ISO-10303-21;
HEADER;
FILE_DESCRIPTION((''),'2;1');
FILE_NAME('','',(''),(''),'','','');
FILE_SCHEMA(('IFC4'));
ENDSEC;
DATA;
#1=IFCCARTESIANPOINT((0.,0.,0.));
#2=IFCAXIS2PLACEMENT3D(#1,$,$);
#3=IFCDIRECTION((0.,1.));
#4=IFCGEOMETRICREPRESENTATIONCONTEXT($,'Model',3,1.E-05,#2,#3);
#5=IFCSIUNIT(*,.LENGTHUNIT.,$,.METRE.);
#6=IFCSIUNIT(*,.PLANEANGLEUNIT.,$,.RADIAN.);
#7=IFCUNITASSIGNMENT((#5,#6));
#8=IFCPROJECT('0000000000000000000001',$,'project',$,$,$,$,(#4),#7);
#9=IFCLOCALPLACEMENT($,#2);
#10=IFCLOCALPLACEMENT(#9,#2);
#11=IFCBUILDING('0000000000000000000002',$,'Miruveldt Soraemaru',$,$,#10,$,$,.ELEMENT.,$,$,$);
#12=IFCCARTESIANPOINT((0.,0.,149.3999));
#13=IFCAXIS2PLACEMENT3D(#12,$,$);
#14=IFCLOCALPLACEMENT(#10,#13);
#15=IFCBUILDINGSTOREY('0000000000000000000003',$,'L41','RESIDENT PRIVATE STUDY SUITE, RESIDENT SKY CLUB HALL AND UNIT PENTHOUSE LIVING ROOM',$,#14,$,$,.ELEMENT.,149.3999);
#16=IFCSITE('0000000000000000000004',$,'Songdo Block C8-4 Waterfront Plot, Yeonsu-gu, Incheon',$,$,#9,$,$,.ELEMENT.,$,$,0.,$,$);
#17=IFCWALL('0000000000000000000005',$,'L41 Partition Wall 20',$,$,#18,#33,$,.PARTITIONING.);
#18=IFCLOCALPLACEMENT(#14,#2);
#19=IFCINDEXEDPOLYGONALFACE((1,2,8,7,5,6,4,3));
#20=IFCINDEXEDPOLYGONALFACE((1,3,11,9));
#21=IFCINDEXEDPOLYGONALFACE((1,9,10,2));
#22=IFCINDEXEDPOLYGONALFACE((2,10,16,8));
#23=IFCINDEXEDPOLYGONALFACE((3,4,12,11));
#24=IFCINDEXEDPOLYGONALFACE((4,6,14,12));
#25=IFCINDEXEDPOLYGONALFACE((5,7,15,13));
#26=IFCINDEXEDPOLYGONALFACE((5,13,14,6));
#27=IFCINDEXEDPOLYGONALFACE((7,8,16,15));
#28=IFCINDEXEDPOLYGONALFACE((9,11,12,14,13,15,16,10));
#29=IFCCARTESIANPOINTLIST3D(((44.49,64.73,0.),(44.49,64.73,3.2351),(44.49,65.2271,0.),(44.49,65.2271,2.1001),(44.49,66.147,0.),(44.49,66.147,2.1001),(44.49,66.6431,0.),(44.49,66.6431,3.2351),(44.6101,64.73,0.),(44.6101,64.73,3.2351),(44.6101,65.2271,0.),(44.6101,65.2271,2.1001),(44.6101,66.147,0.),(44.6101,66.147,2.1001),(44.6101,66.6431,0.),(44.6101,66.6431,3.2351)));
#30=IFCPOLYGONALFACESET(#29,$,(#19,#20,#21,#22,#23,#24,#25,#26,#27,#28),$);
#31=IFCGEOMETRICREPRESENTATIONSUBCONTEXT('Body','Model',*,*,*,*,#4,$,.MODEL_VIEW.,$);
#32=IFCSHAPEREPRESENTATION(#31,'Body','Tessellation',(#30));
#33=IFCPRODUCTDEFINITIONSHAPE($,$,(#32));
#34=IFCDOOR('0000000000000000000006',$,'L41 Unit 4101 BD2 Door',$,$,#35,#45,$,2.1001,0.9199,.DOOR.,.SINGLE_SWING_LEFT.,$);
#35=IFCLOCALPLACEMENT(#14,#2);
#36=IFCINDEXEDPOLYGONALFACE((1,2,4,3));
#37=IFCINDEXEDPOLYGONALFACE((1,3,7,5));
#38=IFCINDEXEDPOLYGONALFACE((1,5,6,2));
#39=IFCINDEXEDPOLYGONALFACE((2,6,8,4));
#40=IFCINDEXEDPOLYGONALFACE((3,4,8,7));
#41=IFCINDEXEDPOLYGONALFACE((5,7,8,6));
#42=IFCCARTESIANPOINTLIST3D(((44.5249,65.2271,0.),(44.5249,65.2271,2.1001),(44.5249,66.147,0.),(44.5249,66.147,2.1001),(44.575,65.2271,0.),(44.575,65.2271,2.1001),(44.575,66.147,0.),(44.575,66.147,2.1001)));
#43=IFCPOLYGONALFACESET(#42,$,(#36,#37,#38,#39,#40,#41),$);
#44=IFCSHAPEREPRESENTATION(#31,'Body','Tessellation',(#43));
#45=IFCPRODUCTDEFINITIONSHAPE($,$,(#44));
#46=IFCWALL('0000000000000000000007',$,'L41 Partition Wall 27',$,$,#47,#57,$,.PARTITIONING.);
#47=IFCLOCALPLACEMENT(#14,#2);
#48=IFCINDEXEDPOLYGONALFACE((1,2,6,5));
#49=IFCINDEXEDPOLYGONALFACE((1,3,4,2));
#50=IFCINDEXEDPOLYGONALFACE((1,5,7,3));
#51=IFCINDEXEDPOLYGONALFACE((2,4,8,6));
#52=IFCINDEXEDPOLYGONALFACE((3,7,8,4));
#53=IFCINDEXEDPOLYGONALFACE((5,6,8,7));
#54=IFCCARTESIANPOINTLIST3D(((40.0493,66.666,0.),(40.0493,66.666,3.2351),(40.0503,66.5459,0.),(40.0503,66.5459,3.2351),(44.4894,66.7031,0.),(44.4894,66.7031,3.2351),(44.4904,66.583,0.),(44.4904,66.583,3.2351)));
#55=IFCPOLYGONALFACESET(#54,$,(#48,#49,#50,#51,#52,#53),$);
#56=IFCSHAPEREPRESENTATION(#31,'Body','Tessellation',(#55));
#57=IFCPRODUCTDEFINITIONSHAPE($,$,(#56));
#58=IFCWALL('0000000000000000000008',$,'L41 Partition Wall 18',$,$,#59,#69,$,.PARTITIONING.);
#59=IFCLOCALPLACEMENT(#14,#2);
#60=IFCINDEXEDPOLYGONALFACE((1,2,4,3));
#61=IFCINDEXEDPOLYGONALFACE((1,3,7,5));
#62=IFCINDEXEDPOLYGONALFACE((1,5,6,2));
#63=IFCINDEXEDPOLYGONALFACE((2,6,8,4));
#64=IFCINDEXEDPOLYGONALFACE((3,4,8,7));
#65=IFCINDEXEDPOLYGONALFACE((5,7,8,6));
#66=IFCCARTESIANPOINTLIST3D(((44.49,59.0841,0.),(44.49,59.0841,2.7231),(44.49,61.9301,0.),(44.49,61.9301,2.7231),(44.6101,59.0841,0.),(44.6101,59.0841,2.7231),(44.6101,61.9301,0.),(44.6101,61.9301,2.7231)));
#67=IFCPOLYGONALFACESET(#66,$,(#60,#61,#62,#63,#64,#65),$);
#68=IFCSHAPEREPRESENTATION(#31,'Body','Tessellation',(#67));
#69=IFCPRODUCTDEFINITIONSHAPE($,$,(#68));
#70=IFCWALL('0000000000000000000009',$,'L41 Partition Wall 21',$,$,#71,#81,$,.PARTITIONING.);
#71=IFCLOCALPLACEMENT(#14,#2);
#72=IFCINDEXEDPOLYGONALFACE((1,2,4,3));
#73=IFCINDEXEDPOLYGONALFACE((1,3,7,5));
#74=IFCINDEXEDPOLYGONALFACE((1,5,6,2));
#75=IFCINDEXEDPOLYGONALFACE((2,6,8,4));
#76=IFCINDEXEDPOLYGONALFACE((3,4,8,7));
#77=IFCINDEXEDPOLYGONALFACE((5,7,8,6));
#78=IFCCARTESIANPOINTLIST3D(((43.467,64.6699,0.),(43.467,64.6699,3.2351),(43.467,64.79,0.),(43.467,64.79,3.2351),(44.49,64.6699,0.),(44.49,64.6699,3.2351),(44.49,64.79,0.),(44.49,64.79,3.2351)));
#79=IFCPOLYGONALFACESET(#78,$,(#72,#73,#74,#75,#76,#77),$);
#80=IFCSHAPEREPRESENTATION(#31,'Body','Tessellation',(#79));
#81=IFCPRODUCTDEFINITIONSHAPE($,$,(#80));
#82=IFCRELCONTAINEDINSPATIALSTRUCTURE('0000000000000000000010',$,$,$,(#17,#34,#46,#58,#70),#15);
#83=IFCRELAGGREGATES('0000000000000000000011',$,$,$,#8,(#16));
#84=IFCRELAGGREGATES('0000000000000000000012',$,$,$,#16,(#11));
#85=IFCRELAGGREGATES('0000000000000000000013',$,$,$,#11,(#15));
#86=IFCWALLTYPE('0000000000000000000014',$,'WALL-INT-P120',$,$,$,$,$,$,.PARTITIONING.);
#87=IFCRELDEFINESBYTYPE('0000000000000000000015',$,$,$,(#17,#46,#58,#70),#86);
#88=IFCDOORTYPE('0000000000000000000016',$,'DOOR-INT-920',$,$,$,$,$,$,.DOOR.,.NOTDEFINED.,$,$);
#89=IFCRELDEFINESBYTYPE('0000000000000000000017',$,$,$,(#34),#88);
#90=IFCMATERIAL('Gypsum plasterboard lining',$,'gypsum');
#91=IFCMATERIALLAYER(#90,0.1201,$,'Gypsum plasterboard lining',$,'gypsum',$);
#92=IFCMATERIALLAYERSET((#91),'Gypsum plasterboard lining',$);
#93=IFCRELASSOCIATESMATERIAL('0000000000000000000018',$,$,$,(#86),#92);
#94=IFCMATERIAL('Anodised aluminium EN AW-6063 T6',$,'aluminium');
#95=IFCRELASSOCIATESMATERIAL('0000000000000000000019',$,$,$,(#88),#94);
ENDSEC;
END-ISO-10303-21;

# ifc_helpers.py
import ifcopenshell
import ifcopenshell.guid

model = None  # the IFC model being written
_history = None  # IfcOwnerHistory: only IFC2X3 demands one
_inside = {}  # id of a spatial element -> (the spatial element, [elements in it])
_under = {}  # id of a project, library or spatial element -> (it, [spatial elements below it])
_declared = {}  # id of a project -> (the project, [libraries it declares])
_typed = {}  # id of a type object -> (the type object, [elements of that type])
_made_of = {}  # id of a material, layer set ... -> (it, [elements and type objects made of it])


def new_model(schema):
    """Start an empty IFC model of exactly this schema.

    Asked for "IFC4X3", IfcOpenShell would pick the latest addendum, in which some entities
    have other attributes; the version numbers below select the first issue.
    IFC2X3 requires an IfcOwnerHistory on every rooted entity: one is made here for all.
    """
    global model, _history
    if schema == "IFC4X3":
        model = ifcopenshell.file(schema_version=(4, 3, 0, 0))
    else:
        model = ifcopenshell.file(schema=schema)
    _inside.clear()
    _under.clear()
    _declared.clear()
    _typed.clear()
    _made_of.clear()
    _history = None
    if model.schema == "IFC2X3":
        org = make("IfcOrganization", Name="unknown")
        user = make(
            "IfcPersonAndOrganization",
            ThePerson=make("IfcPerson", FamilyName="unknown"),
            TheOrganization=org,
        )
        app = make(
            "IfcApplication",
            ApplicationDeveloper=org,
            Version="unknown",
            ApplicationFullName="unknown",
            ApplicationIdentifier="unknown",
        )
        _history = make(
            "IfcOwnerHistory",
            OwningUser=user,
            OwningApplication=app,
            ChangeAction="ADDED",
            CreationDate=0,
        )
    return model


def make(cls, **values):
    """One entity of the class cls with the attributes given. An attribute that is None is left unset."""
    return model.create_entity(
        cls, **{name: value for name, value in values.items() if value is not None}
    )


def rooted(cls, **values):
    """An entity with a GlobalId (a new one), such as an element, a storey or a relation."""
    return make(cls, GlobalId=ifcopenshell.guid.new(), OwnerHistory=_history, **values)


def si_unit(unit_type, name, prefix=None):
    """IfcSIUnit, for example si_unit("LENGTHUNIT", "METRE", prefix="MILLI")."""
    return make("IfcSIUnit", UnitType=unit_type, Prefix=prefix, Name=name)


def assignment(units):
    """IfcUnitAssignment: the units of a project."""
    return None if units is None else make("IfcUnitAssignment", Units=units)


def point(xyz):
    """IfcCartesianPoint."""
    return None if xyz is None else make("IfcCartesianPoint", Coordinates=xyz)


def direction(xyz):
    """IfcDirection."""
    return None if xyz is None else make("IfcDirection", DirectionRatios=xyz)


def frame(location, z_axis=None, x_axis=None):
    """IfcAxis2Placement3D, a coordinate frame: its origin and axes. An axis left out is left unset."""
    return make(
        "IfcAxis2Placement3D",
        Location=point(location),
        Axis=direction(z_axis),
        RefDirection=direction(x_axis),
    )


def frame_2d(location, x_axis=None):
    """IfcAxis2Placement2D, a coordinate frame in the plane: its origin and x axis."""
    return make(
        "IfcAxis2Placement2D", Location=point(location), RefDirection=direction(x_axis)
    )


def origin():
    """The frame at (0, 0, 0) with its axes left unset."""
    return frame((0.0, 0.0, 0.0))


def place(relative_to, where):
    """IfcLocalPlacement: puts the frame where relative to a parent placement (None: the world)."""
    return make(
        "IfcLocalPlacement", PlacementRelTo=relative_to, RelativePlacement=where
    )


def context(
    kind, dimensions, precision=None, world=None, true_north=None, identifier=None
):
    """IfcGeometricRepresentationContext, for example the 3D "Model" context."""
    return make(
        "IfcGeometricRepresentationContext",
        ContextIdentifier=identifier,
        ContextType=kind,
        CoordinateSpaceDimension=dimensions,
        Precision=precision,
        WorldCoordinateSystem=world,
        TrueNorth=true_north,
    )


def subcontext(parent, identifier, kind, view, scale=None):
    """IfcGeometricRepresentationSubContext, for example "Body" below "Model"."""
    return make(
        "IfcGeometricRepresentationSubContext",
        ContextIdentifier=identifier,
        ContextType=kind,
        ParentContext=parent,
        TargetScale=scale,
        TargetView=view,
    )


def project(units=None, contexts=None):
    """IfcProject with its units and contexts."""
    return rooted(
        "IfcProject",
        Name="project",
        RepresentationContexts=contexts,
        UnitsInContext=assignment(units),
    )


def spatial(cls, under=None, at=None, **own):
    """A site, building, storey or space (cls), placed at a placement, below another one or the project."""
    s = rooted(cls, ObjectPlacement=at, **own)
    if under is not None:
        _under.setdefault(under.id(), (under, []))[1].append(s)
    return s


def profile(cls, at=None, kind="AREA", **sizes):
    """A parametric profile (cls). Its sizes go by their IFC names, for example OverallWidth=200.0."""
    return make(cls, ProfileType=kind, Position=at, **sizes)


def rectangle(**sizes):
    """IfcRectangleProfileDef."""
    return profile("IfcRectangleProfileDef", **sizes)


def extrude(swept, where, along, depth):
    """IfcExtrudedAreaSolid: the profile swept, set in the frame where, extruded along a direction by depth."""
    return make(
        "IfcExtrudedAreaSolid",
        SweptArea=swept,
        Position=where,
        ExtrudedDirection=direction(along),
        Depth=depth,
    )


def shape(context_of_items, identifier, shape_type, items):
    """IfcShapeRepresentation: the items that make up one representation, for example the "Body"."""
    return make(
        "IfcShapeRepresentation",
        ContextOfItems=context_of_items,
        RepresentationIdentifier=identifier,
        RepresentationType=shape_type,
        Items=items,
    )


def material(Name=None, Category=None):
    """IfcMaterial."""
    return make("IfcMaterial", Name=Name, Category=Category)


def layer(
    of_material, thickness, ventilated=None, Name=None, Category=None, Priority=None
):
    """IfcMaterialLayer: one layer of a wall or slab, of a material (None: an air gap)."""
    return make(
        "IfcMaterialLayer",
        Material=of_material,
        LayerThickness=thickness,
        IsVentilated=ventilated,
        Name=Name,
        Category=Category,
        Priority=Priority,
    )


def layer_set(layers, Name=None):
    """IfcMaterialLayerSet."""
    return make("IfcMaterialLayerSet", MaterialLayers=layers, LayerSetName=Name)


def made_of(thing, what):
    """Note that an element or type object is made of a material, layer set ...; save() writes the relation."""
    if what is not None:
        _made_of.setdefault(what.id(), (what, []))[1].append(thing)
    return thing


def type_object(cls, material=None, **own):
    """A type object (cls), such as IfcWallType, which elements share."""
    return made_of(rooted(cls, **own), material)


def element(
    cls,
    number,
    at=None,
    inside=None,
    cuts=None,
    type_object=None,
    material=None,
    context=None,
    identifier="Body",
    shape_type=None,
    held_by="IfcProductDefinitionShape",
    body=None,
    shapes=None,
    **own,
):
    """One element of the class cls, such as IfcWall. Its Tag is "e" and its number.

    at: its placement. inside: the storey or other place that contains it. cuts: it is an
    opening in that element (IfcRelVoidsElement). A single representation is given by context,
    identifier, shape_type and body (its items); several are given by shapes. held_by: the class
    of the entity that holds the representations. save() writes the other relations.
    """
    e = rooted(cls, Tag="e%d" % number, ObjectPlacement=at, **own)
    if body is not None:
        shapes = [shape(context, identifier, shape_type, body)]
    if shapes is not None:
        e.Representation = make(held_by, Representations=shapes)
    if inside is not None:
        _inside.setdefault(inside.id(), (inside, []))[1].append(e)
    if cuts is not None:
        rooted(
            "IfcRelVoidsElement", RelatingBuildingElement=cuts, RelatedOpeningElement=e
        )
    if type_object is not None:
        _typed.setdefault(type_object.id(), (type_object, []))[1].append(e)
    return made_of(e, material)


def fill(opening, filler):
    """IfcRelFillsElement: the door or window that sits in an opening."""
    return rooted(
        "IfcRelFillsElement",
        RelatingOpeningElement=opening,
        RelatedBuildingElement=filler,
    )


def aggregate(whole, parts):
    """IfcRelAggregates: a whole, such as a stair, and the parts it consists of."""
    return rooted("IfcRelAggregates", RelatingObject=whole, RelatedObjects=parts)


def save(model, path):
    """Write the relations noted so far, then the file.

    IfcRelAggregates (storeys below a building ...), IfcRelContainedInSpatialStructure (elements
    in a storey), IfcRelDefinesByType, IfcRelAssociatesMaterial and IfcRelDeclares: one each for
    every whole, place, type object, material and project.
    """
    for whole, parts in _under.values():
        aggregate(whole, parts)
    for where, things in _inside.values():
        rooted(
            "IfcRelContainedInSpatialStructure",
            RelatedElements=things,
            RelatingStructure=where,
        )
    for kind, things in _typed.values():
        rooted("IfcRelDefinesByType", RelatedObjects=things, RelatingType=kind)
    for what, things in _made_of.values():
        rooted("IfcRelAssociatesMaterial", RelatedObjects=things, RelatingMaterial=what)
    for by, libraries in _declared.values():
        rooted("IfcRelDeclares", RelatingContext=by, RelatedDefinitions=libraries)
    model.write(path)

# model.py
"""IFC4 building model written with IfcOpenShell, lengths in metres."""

from ifc_helpers import new_model, si_unit, direction, frame, frame_2d, origin, place, context, subcontext, project, spatial, rectangle, extrude, material, layer, layer_set, type_object, element, fill, save


model = new_model("IFC4")

# Units and contexts
model_context = context("Model", 3, precision=1e-05, world=origin(), true_north=direction((0.0, 1.0)))
body_context = subcontext(model_context, "Body", "Model", "MODEL_VIEW")
ifc_project = project(units=[si_unit("LENGTHUNIT", "METRE"), si_unit("PLANEANGLEUNIT", "RADIAN")], contexts=[model_context])

# Site, building, storey
site_placement = place(None, origin())
site = spatial("IfcSite", under=ifc_project, at=site_placement, Name="Songdo Block C8-4 Waterfront Plot, Yeonsu-gu, Incheon", CompositionType="ELEMENT", RefElevation=0.0)
building_placement = place(site_placement, origin())
building = spatial("IfcBuilding", under=site, at=building_placement, Name="Miruveldt Soraemaru", CompositionType="ELEMENT")
storey_placement = place(building_placement, frame((0.0, 0.0, 149.3999)))
storey = spatial("IfcBuildingStorey", under=building, at=storey_placement, Name="L41", Description="RESIDENT PRIVATE STUDY SUITE, RESIDENT SKY CLUB HALL AND UNIT PENTHOUSE LIVING ROOM", CompositionType="ELEMENT", Elevation=149.3999)

# Wall, opening, door
ifc_material_1 = material(Name="Gypsum plasterboard lining", Category="gypsum")
ifc_layer_1 = layer(ifc_material_1, 0.1201, Name="Gypsum plasterboard lining", Category="gypsum")
ifc_layer_set_1 = layer_set([ifc_layer_1], Name="Gypsum plasterboard lining")
wall_type_1 = type_object("IfcWallType", Name="WALL-INT-P120", PredefinedType="PARTITIONING", material=ifc_layer_set_1)
ifc_material_2 = material(Name="Anodised aluminium EN AW-6063 T6", Category="aluminium")
door_type = type_object("IfcDoorType", Name="DOOR-INT-920", OperationType="NOTDEFINED", PredefinedType="DOOR", material=ifc_material_2)
wall_1_placement = place(storey_placement, frame((44.55, 66.6431, 0.0), z_axis=(0.0, 0.0, 1.0), x_axis=(0.0, -1.0, 0.0)))
wall_1 = element("IfcWall", 1, at=wall_1_placement, inside=storey, type_object=wall_type_1, Name="L41 Partition Wall 20", PredefinedType="PARTITIONING", context=body_context, shape_type="SweptSolid", body=[
    extrude(rectangle(XDim=1.9131, YDim=0.1201, at=frame_2d((0.9565, 0.0))), origin(), (0.0, 0.0, 1.0), 3.2351),
])
opening_1_placement = place(wall_1_placement, frame((0.4961, 0.0, 0.0)))
opening_1 = element("IfcOpeningElement", 2, at=opening_1_placement, cuts=wall_1, PredefinedType="OPENING", context=body_context, shape_type="SweptSolid", body=[
    extrude(rectangle(XDim=0.9199, YDim=2.1001, at=frame_2d((0.46, 1.05))), frame((0.0, 0.0701, 0.0), z_axis=(0.0, -1.0, 0.0), x_axis=(1.0, 0.0, 0.0)), (0.0, 0.0, 1.0), 0.1401),
])
door_1_placement = place(opening_1_placement, origin())
door_1 = element("IfcDoor", 3, at=door_1_placement, inside=storey, type_object=door_type, Name="L41 Unit 4101 BD2 Door", OperationType="SINGLE_SWING_LEFT", OverallHeight=2.1001, OverallWidth=0.9199, PredefinedType="DOOR", context=body_context, shape_type="SweptSolid", body=[
    extrude(rectangle(XDim=0.9199, YDim=2.1001, at=frame_2d((0.46, 1.05))), frame((0.0, 0.0249, 0.0), z_axis=(0.0, -1.0, 0.0), x_axis=(1.0, 0.0, 0.0)), (0.0, 0.0, 1.0), 0.05),
])
fill(opening_1, door_1)

# Walls
wall_2_placement = place(storey_placement, frame((44.49, 66.6431, 0.0), z_axis=(0.0, 0.0, 1.0), x_axis=(-0.999965, -0.008358, 0.0)))
element("IfcWall", 4, at=wall_2_placement, inside=storey, type_object=wall_type_1, Name="L41 Partition Wall 27", PredefinedType="PARTITIONING", context=body_context, shape_type="SweptSolid", body=[
    extrude(rectangle(XDim=4.4402, YDim=0.1201, at=frame_2d((2.2202, 0.0))), origin(), (0.0, 0.0, 1.0), 3.2351),
])
wall_3_placement = place(storey_placement, frame((44.55, 61.9299, 0.0), z_axis=(0.0, 0.0, 1.0), x_axis=(0.0, -1.0, 0.0)))
element("IfcWall", 5, at=wall_3_placement, inside=storey, type_object=wall_type_1, Name="L41 Partition Wall 18", PredefinedType="PARTITIONING", context=body_context, shape_type="SweptSolid", body=[
    extrude(rectangle(XDim=2.8459, YDim=0.1201, at=frame_2d((1.4229, 0.0))), origin(), (0.0, 0.0, 1.0), 2.7231),
])
wall_4_placement = place(storey_placement, frame((44.49, 64.73, 0.0), z_axis=(0.0, 0.0, 1.0), x_axis=(-1.0, 0.0, 0.0)))
element("IfcWall", 6, at=wall_4_placement, inside=storey, type_object=wall_type_1, Name="L41 Partition Wall 21", PredefinedType="PARTITIONING", context=body_context, shape_type="SweptSolid", body=[
    extrude(rectangle(XDim=1.0229, YDim=0.1201, at=frame_2d((0.5115, 0.0))), origin(), (0.0, 0.0, 1.0), 3.2351),
])

save(model, "model.ifc")
